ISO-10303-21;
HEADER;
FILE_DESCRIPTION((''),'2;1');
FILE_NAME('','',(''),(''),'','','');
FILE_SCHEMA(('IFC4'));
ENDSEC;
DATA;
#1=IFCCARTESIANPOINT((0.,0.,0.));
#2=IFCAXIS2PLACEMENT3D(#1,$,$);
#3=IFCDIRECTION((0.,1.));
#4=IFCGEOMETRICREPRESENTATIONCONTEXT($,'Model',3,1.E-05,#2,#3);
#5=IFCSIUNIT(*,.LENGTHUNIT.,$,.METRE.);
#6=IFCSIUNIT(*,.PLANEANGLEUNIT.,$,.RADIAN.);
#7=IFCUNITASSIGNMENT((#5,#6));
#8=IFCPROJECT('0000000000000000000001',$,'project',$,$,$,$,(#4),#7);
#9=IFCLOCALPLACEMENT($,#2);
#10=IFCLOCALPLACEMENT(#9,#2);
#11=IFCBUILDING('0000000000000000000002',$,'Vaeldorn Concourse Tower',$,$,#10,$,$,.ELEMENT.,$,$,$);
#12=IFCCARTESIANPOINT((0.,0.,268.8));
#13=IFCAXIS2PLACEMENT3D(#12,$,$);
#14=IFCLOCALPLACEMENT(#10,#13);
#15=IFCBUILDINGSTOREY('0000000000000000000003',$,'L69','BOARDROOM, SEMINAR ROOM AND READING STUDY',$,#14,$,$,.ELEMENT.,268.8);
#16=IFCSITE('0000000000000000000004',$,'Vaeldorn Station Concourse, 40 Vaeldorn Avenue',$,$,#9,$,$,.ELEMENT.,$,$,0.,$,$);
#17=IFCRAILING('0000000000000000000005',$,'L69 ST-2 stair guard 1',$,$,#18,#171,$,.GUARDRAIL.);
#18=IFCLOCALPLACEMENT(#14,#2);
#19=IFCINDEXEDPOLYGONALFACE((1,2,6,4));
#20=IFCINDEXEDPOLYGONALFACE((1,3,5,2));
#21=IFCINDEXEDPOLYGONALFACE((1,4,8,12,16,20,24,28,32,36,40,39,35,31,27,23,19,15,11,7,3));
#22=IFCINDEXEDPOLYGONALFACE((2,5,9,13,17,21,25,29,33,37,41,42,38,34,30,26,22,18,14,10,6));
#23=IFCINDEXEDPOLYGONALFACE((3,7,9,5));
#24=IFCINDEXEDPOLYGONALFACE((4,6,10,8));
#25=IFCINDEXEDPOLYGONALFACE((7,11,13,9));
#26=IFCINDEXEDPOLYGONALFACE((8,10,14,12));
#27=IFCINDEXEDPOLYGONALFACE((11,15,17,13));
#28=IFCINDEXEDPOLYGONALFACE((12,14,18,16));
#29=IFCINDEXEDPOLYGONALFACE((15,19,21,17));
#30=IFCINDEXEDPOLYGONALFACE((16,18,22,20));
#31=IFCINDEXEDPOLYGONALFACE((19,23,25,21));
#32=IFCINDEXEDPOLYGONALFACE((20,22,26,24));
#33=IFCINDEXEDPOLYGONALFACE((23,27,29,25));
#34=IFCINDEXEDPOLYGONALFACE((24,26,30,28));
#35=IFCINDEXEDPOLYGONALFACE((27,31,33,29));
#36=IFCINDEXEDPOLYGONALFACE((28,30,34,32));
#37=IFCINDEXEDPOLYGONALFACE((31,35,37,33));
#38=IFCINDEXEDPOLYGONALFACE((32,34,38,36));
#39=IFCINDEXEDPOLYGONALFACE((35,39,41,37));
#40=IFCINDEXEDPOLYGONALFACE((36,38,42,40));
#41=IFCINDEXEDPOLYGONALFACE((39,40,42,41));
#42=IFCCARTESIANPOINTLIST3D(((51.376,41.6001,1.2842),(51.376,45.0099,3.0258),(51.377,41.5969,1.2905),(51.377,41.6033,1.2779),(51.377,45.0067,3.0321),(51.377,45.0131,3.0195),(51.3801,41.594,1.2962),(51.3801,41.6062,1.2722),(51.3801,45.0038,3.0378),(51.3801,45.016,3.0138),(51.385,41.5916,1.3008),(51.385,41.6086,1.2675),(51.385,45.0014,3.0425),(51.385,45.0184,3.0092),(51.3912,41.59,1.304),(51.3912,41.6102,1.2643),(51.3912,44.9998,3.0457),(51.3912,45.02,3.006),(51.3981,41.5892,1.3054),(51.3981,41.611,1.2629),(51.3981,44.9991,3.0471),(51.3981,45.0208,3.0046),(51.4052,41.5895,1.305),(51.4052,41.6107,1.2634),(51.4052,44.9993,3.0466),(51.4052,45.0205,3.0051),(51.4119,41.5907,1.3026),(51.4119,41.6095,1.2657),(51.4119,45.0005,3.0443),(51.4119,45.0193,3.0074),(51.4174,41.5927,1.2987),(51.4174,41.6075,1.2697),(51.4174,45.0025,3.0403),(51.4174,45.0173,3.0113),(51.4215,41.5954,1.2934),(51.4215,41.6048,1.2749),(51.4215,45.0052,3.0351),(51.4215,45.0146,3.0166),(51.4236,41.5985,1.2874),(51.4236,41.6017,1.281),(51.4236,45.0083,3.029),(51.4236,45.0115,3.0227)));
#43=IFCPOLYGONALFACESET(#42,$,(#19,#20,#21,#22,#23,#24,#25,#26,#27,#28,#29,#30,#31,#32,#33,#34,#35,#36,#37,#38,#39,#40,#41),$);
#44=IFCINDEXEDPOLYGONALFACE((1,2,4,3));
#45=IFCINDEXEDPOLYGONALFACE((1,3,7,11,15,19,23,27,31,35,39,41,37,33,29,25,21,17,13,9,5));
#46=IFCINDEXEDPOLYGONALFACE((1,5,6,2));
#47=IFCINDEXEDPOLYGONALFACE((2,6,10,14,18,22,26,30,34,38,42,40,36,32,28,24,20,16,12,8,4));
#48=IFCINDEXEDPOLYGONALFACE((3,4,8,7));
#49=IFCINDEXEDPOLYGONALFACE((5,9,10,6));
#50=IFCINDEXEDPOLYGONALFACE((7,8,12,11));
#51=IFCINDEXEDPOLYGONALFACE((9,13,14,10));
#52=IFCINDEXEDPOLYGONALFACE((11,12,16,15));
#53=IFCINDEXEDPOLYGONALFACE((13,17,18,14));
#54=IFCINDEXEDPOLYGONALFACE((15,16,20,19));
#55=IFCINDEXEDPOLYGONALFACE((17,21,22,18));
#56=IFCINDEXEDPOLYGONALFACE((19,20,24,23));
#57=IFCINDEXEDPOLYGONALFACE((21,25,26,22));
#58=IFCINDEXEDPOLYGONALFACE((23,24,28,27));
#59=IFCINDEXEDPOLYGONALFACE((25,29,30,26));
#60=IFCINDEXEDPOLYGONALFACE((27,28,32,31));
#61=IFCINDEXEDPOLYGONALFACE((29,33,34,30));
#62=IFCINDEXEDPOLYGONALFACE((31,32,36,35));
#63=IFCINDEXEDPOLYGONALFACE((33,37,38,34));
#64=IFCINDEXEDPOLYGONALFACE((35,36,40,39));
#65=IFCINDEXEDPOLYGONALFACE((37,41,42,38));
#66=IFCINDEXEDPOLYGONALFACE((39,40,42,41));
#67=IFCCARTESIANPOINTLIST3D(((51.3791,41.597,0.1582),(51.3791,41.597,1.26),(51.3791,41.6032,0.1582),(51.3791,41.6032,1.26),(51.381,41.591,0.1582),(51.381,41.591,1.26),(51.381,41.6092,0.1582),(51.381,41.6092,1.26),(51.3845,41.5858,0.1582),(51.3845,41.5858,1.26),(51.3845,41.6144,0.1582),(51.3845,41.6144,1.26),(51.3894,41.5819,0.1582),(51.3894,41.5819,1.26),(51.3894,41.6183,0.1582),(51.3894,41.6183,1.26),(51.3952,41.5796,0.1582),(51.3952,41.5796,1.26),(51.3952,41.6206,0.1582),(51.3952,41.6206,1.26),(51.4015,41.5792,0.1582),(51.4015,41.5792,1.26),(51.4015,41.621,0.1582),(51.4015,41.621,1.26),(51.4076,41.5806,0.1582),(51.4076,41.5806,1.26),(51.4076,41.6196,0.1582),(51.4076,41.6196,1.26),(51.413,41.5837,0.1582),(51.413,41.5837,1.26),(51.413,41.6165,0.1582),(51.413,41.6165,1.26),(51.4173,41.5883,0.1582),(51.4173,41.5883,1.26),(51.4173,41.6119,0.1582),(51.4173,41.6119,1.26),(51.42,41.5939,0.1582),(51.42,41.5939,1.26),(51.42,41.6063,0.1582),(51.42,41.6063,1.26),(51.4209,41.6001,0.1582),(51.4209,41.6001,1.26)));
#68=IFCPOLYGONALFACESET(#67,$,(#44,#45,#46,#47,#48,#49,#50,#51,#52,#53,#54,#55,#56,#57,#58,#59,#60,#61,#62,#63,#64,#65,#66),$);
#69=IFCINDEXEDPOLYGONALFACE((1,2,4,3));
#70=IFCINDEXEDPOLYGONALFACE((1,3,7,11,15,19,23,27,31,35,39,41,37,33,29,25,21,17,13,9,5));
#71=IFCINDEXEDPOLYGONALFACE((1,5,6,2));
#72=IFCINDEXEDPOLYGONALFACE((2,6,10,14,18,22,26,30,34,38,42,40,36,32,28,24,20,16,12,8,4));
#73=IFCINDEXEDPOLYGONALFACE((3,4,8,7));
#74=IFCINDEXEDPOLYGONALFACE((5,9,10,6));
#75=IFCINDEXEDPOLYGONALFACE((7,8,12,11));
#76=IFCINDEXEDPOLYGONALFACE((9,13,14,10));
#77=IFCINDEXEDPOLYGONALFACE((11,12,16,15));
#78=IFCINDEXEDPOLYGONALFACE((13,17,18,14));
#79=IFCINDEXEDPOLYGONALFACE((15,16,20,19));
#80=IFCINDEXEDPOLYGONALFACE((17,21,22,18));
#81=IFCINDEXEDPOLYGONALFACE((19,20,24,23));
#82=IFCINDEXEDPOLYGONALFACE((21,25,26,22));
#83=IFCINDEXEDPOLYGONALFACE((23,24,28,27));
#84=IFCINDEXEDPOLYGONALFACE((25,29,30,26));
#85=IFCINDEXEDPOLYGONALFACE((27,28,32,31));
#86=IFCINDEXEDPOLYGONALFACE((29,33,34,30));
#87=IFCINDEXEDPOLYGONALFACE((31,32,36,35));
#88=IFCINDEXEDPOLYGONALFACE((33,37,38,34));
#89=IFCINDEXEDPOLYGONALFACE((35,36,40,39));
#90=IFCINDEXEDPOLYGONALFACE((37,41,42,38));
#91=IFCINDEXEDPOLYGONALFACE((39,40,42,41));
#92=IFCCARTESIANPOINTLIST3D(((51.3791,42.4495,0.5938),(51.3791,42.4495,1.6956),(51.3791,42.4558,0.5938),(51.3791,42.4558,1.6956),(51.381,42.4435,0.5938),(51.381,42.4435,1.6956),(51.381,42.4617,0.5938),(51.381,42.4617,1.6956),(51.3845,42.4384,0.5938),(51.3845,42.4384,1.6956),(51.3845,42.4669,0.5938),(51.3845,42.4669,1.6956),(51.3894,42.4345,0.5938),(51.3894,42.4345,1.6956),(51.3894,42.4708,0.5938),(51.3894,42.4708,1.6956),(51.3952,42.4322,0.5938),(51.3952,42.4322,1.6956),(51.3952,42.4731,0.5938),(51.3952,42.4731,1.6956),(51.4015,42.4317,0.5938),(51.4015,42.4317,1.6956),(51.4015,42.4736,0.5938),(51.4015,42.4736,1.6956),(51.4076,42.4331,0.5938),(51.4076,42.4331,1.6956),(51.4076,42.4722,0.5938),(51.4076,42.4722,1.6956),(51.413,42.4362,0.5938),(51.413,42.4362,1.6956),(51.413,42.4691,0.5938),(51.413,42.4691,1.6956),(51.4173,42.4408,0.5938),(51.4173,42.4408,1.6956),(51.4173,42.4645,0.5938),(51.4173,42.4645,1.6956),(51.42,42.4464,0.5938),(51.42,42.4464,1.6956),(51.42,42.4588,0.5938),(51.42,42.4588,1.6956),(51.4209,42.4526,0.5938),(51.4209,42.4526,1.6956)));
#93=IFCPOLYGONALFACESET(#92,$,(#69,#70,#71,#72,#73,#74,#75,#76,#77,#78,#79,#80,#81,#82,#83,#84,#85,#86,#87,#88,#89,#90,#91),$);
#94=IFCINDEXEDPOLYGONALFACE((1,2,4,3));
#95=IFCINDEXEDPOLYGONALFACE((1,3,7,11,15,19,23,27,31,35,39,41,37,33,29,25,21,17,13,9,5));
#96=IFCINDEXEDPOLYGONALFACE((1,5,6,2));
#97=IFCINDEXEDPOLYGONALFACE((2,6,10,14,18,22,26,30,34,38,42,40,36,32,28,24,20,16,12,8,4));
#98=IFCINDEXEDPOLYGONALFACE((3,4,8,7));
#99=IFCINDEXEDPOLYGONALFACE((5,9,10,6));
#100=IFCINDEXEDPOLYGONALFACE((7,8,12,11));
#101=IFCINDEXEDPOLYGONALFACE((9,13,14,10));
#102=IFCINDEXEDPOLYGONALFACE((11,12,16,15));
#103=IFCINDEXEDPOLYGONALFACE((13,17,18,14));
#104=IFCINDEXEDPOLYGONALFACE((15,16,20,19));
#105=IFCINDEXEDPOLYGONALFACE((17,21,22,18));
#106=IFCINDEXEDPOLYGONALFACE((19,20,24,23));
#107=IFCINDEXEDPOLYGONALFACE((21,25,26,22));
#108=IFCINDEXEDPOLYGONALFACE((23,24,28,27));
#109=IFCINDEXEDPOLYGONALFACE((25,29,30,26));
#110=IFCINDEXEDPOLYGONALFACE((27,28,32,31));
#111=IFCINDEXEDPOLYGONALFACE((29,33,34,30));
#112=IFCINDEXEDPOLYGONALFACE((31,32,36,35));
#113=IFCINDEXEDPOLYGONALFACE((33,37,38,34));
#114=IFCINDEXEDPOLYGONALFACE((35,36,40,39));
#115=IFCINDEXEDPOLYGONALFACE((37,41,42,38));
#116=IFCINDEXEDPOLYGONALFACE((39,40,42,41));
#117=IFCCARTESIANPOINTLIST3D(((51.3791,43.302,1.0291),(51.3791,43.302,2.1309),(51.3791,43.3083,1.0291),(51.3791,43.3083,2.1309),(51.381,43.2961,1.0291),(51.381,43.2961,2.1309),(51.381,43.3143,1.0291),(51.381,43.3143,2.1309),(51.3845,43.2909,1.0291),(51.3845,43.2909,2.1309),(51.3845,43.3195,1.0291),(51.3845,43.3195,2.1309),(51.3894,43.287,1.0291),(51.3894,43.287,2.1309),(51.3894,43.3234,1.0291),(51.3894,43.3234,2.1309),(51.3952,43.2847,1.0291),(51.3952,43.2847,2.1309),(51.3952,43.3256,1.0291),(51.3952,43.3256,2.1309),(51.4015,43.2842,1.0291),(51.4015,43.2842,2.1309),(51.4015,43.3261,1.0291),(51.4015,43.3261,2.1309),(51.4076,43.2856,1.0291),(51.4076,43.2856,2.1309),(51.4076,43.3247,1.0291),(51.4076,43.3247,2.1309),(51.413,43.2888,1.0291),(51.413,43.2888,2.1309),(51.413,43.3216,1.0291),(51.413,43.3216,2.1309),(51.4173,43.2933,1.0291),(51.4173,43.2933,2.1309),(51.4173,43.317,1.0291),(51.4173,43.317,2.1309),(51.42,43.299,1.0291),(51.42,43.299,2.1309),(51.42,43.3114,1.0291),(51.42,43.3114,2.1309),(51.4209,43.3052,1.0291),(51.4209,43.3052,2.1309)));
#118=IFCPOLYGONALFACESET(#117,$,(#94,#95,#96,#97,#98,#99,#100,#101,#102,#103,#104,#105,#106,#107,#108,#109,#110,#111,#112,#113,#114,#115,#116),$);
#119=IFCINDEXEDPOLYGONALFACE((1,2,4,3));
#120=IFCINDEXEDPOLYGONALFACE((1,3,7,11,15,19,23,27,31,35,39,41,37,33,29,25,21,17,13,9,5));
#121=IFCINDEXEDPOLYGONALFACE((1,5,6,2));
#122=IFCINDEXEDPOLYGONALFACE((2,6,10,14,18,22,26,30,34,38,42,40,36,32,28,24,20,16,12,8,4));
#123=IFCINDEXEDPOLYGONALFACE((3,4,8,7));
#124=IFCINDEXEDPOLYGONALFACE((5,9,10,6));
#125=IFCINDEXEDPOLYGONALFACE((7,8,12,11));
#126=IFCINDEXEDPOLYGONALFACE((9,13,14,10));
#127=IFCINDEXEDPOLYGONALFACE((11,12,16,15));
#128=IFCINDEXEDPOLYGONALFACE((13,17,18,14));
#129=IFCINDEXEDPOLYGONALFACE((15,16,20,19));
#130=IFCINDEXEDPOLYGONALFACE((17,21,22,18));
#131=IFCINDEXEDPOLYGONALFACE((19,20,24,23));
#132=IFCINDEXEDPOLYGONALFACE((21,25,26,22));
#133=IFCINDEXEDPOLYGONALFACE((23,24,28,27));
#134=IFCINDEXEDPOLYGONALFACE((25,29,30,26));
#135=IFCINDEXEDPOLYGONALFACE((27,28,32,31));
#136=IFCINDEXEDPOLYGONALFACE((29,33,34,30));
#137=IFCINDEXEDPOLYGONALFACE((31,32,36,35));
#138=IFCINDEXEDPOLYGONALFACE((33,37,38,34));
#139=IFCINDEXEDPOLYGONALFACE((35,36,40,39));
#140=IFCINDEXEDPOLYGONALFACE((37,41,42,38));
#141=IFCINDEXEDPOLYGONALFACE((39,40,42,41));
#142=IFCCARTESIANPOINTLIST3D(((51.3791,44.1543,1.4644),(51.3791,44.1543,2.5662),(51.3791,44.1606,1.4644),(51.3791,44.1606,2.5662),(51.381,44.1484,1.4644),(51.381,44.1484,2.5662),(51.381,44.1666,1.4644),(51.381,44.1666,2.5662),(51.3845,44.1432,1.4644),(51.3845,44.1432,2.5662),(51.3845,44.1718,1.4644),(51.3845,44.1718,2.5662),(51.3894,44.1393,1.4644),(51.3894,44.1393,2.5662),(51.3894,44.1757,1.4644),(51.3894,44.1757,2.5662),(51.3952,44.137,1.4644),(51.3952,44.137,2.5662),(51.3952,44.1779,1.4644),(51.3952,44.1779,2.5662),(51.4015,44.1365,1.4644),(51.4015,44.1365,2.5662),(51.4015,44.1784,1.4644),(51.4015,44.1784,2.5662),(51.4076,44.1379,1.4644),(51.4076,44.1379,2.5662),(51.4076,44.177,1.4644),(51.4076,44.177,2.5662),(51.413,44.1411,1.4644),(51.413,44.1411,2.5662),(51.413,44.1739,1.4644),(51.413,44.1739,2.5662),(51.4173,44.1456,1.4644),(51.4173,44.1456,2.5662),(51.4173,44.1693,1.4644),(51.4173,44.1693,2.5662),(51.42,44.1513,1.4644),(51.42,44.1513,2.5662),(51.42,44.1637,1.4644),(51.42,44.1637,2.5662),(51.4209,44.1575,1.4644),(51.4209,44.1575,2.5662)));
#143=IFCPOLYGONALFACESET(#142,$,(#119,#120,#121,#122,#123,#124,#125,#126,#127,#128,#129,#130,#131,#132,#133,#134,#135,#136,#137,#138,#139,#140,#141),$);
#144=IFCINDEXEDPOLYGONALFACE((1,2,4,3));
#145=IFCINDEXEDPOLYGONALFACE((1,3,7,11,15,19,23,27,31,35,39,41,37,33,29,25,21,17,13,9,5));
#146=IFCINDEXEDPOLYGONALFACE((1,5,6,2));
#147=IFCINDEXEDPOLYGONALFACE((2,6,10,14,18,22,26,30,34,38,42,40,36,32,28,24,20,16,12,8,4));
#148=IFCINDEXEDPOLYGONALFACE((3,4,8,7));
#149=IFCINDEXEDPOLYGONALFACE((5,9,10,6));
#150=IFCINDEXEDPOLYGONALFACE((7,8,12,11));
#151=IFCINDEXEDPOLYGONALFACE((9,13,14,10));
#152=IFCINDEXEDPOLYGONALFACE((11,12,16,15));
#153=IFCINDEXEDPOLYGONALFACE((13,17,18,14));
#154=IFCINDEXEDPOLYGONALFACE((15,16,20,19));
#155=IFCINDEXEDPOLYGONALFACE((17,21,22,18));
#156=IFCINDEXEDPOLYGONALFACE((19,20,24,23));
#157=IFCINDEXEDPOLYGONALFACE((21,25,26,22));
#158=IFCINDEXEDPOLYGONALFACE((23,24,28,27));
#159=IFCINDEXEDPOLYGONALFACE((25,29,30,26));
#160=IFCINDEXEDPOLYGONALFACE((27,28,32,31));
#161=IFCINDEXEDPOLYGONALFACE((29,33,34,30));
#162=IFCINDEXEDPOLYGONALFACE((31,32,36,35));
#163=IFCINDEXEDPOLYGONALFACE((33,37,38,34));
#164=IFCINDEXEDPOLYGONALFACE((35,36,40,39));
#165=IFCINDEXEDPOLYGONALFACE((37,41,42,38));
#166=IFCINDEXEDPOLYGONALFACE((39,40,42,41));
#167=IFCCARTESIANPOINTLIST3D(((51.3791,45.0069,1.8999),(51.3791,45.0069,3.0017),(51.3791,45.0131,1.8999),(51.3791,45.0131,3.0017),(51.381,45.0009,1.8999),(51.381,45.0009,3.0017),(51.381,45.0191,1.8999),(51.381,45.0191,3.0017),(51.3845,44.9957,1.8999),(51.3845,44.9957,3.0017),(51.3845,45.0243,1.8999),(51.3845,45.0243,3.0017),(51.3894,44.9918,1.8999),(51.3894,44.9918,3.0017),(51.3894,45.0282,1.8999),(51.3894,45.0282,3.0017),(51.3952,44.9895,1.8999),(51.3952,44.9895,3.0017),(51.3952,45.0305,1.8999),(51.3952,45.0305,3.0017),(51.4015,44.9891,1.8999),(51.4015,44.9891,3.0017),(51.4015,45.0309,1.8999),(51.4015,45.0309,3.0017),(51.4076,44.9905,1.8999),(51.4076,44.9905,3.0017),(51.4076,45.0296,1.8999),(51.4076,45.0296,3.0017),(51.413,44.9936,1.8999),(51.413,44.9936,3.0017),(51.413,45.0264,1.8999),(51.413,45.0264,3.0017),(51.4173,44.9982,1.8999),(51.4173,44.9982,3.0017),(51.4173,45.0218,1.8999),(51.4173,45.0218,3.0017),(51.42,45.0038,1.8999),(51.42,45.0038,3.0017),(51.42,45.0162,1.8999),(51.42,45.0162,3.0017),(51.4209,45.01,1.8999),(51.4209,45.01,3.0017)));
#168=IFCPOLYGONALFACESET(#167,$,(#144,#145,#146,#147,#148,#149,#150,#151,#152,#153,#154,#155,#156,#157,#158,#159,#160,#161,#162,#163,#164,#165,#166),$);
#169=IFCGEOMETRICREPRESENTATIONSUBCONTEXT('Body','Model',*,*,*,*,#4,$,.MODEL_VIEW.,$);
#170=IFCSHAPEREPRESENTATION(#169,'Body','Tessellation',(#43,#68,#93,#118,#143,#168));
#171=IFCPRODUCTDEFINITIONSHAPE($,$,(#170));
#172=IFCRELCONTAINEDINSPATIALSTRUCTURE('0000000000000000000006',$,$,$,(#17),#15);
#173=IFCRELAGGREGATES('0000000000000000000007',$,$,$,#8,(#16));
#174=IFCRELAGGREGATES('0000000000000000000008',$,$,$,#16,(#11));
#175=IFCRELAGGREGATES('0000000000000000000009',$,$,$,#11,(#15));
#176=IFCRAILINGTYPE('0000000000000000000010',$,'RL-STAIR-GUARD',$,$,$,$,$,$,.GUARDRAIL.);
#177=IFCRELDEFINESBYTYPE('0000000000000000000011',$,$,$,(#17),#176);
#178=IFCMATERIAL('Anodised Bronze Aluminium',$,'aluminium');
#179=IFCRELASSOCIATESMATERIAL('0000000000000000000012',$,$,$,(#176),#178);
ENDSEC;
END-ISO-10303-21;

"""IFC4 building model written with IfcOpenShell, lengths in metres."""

from ifc_helpers import new_model, si_unit, direction, frame, origin, origin_2d, place, context, subcontext, project, spatial, circle, extrude, material, type_object, element, save


model = new_model("IFC4")

# Units and contexts
model_context = context("Model", 3, precision=1e-05, world=origin(), true_north=direction((0.0, 1.0)))
body_context = subcontext(model_context, "Body", "Model", "MODEL_VIEW")
ifc_project = project(units=[si_unit("LENGTHUNIT", "METRE"), si_unit("PLANEANGLEUNIT", "RADIAN")], contexts=[model_context])

# Site, building, storey
site_placement = place(None, origin())
site = spatial("IfcSite", under=ifc_project, at=site_placement, Name="Vaeldorn Station Concourse, 40 Vaeldorn Avenue", CompositionType="ELEMENT", RefElevation=0.0)
building_placement = place(site_placement, origin())
building = spatial("IfcBuilding", under=site, at=building_placement, Name="Vaeldorn Concourse Tower", CompositionType="ELEMENT")
storey_placement = place(building_placement, frame((0.0, 0.0, 268.8)))
storey = spatial("IfcBuildingStorey", under=building, at=storey_placement, Name="L69", Description="BOARDROOM, SEMINAR ROOM AND READING STUDY", CompositionType="ELEMENT", Elevation=268.8)

# Shared definitions
ifc_material_1 = material(Name="Anodised Bronze Aluminium", Category="aluminium")

# Railing
railing_type_1 = type_object("IfcRailingType", Name="RL-STAIR-GUARD", PredefinedType="GUARDRAIL", material=ifc_material_1)
railing_1_placement = place(storey_placement, frame((51.3999, 41.6001, 0.1582)))
element("IfcRailing", 1, at=railing_1_placement, inside=storey, type_object=railing_type_1, Name="L69 ST-2 stair guard 1", PredefinedType="GUARDRAIL", context=body_context, shape_type="SweptSolid", body=[
    extrude(circle(Radius=0.0239, at=origin_2d()), frame((0.0, 0.0, 1.126), z_axis=(0.0, 0.890556, 0.454874), x_axis=(-1.0, 0.0, 0.0)), (0.0, 0.0, 1.0), 3.8289),
    extrude(circle(Radius=0.021, at=origin_2d()), origin(), (0.0, 0.0, 1.0), 1.1018),
    extrude(circle(Radius=0.021, at=origin_2d()), frame((0.0, 0.8525, 0.4355)), (0.0, 0.0, 1.0), 1.1018),
    extrude(circle(Radius=0.021, at=origin_2d()), frame((0.0, 1.7051, 0.8708)), (0.0, 0.0, 1.0), 1.1018),
    extrude(circle(Radius=0.021, at=origin_2d()), frame((0.0, 2.5574, 1.3062)), (0.0, 0.0, 1.0), 1.1018),
    extrude(circle(Radius=0.021, at=origin_2d()), frame((0.0, 3.4099, 1.7417)), (0.0, 0.0, 1.0), 1.1018),
])

save(model, "model.ifc")
